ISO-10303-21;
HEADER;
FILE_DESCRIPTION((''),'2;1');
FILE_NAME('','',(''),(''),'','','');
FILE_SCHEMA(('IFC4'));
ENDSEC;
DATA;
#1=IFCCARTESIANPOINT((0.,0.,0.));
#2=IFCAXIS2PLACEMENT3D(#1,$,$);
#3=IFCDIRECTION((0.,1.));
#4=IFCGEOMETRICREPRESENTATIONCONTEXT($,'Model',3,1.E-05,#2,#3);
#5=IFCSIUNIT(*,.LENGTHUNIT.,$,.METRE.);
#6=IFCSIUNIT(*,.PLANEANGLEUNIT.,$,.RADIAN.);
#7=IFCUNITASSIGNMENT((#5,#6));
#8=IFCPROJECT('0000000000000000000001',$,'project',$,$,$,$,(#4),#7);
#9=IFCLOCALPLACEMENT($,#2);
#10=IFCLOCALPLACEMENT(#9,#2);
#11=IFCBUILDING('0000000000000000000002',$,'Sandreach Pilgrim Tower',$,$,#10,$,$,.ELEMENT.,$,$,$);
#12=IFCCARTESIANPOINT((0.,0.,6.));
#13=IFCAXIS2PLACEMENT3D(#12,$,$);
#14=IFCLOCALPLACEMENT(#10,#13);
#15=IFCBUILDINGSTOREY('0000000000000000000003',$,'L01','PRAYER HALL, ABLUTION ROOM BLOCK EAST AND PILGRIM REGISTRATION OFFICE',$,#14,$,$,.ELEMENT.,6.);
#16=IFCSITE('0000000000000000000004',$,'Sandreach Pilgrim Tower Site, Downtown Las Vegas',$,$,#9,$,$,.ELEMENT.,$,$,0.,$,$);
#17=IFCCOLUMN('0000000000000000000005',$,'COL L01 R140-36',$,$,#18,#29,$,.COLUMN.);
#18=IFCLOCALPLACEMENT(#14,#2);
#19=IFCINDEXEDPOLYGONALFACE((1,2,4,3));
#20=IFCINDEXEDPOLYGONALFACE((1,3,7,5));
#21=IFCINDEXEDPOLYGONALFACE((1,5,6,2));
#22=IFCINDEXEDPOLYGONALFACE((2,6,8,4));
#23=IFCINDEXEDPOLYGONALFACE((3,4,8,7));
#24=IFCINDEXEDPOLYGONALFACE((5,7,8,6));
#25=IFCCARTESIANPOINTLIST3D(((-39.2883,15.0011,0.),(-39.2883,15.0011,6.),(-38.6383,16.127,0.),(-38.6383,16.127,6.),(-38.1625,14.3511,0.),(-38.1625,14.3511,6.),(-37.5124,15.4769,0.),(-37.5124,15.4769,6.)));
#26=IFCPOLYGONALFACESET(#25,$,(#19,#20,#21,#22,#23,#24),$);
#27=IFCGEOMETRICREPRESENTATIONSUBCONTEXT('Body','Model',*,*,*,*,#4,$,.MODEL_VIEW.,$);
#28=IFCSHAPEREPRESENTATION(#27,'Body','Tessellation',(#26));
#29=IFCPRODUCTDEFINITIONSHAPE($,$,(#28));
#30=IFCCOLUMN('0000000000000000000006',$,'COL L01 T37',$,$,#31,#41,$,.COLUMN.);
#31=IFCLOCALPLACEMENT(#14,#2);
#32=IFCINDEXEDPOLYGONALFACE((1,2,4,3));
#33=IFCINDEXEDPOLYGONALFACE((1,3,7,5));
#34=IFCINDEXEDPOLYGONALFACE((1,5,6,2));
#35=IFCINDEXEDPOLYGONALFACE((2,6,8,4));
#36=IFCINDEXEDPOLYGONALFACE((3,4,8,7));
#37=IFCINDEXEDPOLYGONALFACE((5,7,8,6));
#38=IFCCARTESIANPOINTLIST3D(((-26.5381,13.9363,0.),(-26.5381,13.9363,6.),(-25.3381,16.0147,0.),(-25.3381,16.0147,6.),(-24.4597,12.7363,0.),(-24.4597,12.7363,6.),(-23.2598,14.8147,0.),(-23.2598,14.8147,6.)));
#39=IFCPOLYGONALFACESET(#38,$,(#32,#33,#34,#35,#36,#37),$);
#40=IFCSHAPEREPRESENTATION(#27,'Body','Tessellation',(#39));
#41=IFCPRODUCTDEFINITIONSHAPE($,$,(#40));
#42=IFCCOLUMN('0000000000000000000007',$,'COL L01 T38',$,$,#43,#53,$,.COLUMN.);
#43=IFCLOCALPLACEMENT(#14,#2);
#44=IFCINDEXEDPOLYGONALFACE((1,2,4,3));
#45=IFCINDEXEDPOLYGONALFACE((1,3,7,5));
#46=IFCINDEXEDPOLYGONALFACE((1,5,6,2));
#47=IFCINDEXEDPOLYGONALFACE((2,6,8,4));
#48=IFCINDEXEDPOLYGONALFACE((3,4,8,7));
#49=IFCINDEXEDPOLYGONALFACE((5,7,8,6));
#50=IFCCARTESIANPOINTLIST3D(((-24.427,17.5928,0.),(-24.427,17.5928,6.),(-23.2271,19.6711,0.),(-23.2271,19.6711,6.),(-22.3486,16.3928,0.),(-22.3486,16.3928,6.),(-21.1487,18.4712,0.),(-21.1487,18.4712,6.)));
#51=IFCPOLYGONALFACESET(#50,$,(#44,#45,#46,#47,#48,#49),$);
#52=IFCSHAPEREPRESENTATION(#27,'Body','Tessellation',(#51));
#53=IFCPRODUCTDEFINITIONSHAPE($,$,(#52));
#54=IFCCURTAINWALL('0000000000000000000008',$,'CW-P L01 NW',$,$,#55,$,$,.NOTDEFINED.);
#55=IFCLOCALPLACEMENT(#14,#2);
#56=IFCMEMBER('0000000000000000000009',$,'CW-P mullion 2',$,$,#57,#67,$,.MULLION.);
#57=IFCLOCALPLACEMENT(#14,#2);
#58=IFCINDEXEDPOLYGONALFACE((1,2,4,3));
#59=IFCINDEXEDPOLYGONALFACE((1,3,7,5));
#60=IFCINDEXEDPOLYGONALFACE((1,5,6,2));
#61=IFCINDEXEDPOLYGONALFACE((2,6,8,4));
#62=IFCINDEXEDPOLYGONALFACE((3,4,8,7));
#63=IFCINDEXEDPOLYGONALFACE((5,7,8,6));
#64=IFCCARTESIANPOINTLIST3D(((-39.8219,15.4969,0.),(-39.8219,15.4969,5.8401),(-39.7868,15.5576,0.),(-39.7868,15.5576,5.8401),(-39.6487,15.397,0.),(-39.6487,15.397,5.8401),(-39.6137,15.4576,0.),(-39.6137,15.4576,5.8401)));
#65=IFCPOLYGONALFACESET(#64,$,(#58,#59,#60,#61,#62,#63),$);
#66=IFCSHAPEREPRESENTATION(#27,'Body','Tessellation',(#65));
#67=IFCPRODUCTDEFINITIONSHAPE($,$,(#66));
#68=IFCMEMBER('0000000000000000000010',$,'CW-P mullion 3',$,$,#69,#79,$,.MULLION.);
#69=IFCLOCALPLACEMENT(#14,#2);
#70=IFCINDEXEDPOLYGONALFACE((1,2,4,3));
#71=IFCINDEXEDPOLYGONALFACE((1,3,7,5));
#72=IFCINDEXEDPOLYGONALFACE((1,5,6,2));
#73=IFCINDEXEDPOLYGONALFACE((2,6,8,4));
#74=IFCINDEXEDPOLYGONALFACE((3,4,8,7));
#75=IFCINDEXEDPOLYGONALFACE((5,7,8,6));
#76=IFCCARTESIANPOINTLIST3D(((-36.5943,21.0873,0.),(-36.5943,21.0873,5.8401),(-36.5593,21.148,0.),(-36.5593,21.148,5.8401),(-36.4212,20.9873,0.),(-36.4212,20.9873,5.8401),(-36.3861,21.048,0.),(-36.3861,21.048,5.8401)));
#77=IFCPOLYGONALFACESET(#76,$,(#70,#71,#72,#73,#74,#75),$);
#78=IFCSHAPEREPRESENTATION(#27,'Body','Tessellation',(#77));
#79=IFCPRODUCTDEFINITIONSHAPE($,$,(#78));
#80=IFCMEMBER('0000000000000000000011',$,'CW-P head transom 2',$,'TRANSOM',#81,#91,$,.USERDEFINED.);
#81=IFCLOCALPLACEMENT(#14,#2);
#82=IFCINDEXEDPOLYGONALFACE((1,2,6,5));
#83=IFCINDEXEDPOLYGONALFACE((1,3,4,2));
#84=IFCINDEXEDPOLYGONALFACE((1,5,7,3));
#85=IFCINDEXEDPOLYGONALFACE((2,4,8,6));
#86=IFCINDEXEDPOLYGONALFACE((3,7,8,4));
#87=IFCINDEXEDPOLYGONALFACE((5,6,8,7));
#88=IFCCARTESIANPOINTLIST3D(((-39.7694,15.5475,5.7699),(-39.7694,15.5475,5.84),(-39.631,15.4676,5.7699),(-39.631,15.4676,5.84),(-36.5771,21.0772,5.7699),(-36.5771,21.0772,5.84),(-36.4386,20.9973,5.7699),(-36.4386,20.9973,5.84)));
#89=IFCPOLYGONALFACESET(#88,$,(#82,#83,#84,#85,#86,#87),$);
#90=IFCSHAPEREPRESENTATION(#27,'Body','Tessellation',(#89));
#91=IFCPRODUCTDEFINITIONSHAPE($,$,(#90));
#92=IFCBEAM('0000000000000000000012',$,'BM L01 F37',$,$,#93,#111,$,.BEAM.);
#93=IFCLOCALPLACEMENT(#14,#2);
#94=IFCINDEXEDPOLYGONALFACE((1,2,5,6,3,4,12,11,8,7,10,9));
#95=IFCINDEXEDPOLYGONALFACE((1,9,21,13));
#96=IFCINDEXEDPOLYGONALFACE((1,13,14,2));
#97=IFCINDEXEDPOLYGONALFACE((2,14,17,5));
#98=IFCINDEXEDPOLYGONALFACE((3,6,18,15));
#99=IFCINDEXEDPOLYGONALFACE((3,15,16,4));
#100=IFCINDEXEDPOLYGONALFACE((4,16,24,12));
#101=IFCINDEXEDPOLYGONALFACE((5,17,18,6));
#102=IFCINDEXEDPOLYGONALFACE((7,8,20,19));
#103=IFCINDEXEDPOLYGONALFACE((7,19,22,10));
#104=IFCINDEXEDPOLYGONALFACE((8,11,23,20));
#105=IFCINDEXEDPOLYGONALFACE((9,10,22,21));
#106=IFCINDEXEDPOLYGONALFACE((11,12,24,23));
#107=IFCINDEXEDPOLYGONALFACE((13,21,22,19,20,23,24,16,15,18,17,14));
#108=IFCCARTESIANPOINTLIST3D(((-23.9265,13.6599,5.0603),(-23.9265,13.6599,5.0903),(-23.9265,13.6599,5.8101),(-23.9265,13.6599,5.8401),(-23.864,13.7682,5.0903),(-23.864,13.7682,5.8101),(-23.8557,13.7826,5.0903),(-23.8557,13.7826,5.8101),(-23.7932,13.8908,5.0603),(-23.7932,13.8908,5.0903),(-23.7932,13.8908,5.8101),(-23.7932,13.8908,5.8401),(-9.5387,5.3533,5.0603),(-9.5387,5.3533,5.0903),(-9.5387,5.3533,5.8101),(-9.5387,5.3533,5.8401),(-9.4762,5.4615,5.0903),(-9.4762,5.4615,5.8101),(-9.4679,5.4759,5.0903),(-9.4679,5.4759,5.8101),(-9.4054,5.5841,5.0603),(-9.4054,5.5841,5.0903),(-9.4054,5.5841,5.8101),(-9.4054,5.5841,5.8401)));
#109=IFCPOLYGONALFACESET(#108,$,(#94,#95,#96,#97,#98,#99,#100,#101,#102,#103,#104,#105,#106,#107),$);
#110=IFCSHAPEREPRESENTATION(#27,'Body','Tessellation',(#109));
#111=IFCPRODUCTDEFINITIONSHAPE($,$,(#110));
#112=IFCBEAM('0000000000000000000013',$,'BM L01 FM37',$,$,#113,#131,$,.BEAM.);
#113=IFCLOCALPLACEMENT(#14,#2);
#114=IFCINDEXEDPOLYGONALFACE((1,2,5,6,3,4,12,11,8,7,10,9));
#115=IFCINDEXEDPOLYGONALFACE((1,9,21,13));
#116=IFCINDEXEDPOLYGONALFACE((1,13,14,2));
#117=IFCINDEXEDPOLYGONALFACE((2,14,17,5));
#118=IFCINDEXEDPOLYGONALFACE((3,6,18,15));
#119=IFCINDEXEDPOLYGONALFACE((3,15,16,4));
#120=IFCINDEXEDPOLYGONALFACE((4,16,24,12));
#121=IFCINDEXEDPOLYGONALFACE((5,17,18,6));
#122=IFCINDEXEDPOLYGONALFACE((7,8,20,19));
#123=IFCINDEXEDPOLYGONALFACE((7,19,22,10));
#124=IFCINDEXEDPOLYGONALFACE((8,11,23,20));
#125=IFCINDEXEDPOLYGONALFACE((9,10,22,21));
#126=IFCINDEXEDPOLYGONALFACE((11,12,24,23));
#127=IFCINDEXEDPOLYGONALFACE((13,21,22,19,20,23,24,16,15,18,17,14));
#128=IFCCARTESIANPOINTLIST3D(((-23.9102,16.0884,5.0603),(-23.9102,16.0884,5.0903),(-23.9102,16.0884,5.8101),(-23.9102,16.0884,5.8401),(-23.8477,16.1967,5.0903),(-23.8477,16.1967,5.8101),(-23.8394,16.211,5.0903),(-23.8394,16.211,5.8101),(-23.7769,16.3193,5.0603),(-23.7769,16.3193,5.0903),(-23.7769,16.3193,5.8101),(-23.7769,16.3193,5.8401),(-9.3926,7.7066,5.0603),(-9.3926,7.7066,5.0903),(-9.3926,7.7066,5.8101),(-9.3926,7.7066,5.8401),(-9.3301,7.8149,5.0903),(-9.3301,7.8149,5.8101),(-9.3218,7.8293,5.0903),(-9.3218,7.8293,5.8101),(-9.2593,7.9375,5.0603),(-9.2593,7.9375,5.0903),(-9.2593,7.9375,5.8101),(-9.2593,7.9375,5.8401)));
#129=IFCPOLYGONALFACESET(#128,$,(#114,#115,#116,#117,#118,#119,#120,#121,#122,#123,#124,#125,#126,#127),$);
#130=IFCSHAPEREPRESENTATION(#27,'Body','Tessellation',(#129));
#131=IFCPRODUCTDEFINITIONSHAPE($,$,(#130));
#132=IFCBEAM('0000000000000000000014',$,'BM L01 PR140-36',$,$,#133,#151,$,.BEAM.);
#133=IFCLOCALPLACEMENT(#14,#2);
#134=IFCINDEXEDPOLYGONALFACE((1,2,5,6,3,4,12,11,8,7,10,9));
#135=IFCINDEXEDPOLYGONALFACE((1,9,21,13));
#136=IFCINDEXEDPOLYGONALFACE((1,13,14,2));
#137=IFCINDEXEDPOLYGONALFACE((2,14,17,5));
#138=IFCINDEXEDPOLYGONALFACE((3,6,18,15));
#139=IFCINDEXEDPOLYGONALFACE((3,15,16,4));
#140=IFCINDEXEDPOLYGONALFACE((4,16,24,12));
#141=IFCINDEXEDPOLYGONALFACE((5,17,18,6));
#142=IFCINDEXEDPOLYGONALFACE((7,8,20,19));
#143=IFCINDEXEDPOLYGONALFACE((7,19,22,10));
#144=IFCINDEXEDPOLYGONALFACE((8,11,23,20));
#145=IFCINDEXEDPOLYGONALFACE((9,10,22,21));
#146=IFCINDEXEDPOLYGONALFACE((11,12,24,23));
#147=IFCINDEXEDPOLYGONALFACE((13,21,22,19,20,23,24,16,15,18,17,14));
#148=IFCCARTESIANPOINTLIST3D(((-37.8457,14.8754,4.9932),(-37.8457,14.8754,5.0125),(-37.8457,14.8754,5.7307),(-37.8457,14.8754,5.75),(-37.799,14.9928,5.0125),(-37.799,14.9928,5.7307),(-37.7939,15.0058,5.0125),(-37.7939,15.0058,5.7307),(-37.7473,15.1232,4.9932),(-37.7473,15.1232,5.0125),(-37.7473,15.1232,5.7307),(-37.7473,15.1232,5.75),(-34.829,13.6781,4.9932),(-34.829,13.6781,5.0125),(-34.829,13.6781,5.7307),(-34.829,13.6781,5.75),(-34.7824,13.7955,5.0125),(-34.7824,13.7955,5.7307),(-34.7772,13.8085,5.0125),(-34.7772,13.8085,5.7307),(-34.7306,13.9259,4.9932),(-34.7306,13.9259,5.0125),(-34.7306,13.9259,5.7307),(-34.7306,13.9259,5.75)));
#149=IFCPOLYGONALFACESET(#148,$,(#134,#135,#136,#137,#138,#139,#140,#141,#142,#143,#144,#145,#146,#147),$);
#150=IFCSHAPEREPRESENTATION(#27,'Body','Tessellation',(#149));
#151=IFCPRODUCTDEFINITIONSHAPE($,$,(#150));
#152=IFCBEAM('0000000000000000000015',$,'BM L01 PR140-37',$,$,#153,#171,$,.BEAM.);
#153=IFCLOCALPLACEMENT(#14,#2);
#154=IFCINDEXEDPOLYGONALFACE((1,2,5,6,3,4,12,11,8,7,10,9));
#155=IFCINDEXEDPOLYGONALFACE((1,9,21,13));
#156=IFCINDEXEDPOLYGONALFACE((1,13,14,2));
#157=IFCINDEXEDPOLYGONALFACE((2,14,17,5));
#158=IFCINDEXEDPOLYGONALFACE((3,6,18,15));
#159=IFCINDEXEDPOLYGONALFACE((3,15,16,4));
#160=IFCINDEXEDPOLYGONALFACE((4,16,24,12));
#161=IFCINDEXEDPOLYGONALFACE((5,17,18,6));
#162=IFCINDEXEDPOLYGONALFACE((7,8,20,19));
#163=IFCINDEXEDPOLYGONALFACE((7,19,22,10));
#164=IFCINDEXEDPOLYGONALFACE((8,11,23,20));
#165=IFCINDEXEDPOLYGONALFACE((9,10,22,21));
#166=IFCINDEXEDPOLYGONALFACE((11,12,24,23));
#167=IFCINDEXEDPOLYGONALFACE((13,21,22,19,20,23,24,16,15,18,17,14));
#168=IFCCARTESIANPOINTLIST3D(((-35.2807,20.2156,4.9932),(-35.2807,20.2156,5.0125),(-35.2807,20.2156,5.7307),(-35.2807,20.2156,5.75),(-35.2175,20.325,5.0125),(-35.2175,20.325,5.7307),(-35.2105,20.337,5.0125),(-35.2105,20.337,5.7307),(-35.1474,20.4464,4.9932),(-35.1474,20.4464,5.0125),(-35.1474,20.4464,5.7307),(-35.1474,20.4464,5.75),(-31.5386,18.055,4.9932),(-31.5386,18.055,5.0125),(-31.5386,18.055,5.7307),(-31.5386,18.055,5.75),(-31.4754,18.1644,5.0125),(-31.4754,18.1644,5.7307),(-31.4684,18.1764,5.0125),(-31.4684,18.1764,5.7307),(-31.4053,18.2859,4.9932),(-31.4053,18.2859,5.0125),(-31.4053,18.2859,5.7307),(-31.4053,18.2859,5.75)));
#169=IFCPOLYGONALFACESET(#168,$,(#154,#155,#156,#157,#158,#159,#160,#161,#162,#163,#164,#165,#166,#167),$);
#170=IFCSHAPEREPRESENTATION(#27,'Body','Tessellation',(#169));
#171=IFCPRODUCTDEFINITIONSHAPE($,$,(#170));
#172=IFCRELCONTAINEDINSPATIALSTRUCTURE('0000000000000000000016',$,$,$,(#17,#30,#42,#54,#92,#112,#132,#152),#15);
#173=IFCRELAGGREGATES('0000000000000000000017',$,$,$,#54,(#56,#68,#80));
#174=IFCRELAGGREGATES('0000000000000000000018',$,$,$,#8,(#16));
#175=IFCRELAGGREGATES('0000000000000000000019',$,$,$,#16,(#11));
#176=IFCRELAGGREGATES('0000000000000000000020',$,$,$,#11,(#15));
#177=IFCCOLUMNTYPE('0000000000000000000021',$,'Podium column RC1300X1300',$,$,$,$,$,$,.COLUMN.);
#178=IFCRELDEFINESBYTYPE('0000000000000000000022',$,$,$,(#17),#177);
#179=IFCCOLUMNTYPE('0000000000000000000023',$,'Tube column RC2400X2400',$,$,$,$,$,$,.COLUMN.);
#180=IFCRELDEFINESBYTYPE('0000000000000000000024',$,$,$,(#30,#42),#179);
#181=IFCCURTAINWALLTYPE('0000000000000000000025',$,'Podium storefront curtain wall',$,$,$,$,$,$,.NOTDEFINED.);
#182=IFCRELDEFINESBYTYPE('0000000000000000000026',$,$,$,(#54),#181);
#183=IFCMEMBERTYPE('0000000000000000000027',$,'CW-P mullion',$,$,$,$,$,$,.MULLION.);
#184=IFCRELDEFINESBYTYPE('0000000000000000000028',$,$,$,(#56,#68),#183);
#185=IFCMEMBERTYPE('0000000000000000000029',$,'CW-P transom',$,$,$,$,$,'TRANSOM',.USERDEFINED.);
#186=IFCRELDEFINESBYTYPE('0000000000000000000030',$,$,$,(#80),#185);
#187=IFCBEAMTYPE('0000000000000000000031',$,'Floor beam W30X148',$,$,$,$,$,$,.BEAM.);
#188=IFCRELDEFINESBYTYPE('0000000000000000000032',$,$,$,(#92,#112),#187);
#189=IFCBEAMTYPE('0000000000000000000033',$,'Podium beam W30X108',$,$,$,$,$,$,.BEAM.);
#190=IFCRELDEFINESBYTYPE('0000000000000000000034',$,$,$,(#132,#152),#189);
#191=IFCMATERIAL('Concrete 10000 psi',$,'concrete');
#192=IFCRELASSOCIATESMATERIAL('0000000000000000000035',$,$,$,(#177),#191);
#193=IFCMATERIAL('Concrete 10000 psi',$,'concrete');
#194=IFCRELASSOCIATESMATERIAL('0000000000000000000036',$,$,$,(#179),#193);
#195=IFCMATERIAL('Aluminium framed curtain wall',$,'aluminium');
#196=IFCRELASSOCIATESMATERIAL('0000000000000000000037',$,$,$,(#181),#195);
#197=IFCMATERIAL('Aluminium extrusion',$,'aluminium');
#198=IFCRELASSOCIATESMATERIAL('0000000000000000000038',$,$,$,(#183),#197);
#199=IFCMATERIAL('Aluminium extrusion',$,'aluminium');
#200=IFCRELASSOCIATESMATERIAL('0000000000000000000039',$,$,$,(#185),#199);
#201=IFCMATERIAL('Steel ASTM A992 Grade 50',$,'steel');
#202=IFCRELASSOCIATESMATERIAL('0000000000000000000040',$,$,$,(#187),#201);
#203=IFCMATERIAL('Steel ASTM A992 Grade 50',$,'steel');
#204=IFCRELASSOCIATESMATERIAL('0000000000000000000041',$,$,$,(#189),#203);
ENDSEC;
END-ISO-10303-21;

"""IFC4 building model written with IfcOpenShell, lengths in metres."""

from ifc_helpers import new_model, si_unit, direction, frame, origin, origin_2d, place, context, subcontext, project, spatial, rectangle, i_section, extrude, material, material_profile, profile_set, type_object, element, aggregate, save


model = new_model("IFC4")

# Units and contexts
model_context = context("Model", 3, precision=1e-05, world=origin(), true_north=direction((0.0, 1.0)))
body_context = subcontext(model_context, "Body", "Model", "MODEL_VIEW")
ifc_project = project(units=[si_unit("LENGTHUNIT", "METRE"), si_unit("PLANEANGLEUNIT", "RADIAN")], contexts=[model_context])

# Site, building, storey
site_placement = place(None, origin())
site = spatial("IfcSite", under=ifc_project, at=site_placement, Name="Sandreach Pilgrim Tower Site, Downtown Las Vegas", CompositionType="ELEMENT", RefElevation=0.0)
building_placement = place(site_placement, origin())
building = spatial("IfcBuilding", under=site, at=building_placement, Name="Sandreach Pilgrim Tower", CompositionType="ELEMENT")
storey_placement = place(building_placement, frame((0.0, 0.0, 6.0)))
storey = spatial("IfcBuildingStorey", under=building, at=storey_placement, Name="L01", Description="PRAYER HALL, ABLUTION ROOM BLOCK EAST AND PILGRIM REGISTRATION OFFICE", CompositionType="ELEMENT", Elevation=6.0)

# Columns
ifc_material_1 = material(Name="Concrete 10000 psi", Category="concrete")
ifc_material_profile_1 = material_profile(ifc_material_1, rectangle(XDim=1.3, YDim=1.3, at=origin_2d()), Name="RC1300X1300")
ifc_profile_set_1 = profile_set([ifc_material_profile_1], Name="Concrete 10000 psi")
column_type_1 = type_object("IfcColumnType", Name="Podium column RC1300X1300", PredefinedType="COLUMN", material=ifc_profile_set_1)
column_placement = place(storey_placement, frame((-38.4004, 15.239, 0.0), z_axis=(0.0, 0.0, 1.0), x_axis=(-0.866025, 0.5, 0.0)))
element("IfcColumn", 1, at=column_placement, inside=storey, type_object=column_type_1, Name="COL L01 R140-36", PredefinedType="COLUMN", context=body_context, shape_type="SweptSolid", body=[
    extrude(rectangle(XDim=1.3, YDim=1.3, at=origin_2d()), origin(), (0.0, 0.0, 1.0), 6.0),
])
ifc_material_2 = material(Name="Concrete 10000 psi", Category="concrete")
ifc_material_profile_2 = material_profile(ifc_material_2, rectangle(XDim=2.3999, YDim=2.3999, at=origin_2d()), Name="RC2400X2400")
ifc_profile_set_2 = profile_set([ifc_material_profile_2], Name="Concrete 10000 psi")
column_type_2 = type_object("IfcColumnType", Name="Tube column RC2400X2400", PredefinedType="COLUMN", material=ifc_profile_set_2)
for number, where, z_axis, x_axis, name in (
    (2, (-24.8989, 14.3755, 0.0), (0.0, 0.0, 1.0), (-0.866025, 0.5, 0.0), "COL L01 T37"),
    (3, (-22.7878, 18.032, 0.0), (0.0, 0.0, 1.0), (-0.866025, 0.5, 0.0), "COL L01 T38"),
):
    element("IfcColumn", number, at=place(storey_placement, frame(where, z_axis=z_axis, x_axis=x_axis)), inside=storey, type_object=column_type_2, Name=name, PredefinedType="COLUMN", context=body_context, shape_type="SweptSolid", body=[
        extrude(rectangle(XDim=2.3999, YDim=2.3999, at=origin_2d()), origin(), (0.0, 0.0, 1.0), 6.0),
    ])

# Curtain wall, members
ifc_material_3 = material(Name="Aluminium framed curtain wall", Category="aluminium")
curtain_wall_type = type_object("IfcCurtainWallType", Name="Podium storefront curtain wall", PredefinedType="NOTDEFINED", material=ifc_material_3)
curtain_wall_placement = place(storey_placement, origin())
curtain_wall = element("IfcCurtainWall", 4, at=curtain_wall_placement, inside=storey, type_object=curtain_wall_type, Name="CW-P L01 NW", PredefinedType="NOTDEFINED")
ifc_material_4 = material(Name="Aluminium extrusion", Category="aluminium")
ifc_material_profile_3 = material_profile(ifc_material_4, rectangle(XDim=0.0701, YDim=0.2, at=origin_2d()), Name="CW-PM 70X200")
ifc_profile_set_3 = profile_set([ifc_material_profile_3], Name="Aluminium extrusion")
member_type_1 = type_object("IfcMemberType", Name="CW-P mullion", PredefinedType="MULLION", material=ifc_profile_set_3)
member_1_placement = place(storey_placement, frame((-39.7178, 15.4773, 0.0), z_axis=(0.0, 0.0, 1.0), x_axis=(0.5, 0.866025, 0.0)))
member_1 = element("IfcMember", 5, at=member_1_placement, type_object=member_type_1, Name="CW-P mullion 2", PredefinedType="MULLION", context=body_context, shape_type="SweptSolid", body=[
    extrude(rectangle(XDim=0.0701, YDim=0.2, at=origin_2d()), origin(), (0.0, 0.0, 1.0), 5.8401),
])
member_2_placement = place(storey_placement, frame((-36.4902, 21.0676, 0.0), z_axis=(0.0, 0.0, 1.0), x_axis=(0.5, 0.866025, 0.0)))
member_2 = element("IfcMember", 6, at=member_2_placement, type_object=member_type_1, Name="CW-P mullion 3", PredefinedType="MULLION", context=body_context, shape_type="SweptSolid", body=[
    extrude(rectangle(XDim=0.0701, YDim=0.2, at=origin_2d()), origin(), (0.0, 0.0, 1.0), 5.8401),
])
ifc_material_5 = material(Name="Aluminium extrusion", Category="aluminium")
ifc_material_profile_4 = material_profile(ifc_material_5, rectangle(XDim=0.1599, YDim=0.0701, at=origin_2d()), Name="CW-PT 160X70")
ifc_profile_set_4 = profile_set([ifc_material_profile_4], Name="Aluminium extrusion")
member_type_2 = type_object("IfcMemberType", Name="CW-P transom", ElementType="TRANSOM", PredefinedType="USERDEFINED", material=ifc_profile_set_4)
member_3_placement = place(storey_placement, frame((-39.7002, 15.5076, 5.8049), z_axis=(0.499972, 0.866042, 0.0), x_axis=(-0.866042, 0.499972, 0.0)))
member_3 = element("IfcMember", 7, at=member_3_placement, type_object=member_type_2, Name="CW-P head transom 2", ObjectType="TRANSOM", PredefinedType="USERDEFINED", context=body_context, shape_type="SweptSolid", body=[
    extrude(rectangle(XDim=0.1599, YDim=0.0701, at=origin_2d()), origin(), (0.0, 0.0, 1.0), 6.385),
])

# Beams
ifc_material_6 = material(Name="Steel ASTM A992 Grade 50", Category="steel")
ifc_material_profile_5 = material_profile(ifc_material_6, i_section(OverallWidth=0.2666, OverallDepth=0.7798, WebThickness=0.0166, FlangeThickness=0.03, at=origin_2d()), Name="W30X148")
ifc_profile_set_5 = profile_set([ifc_material_profile_5], Name="Steel ASTM A992 Grade 50")
beam_type_1 = type_object("IfcBeamType", Name="Floor beam W30X148", PredefinedType="BEAM", material=ifc_profile_set_5)
beam_1_placement = place(storey_placement, frame((-23.8599, 13.7754, 5.4502), z_axis=(0.866028, -0.499996, 0.0), x_axis=(0.499996, 0.866028, 0.0)))
element("IfcBeam", 8, at=beam_1_placement, inside=storey, type_object=beam_type_1, Name="BM L01 F37", PredefinedType="BEAM", context=body_context, shape_type="SweptSolid", body=[
    extrude(i_section(OverallWidth=0.2666, OverallDepth=0.7798, WebThickness=0.0166, FlangeThickness=0.03, at=origin_2d()), origin(), (0.0, 0.0, 1.0), 16.6135),
])
beam_2_placement = place(storey_placement, frame((-23.8435, 16.2039, 5.4502), z_axis=(0.866023, -0.500005, 0.0), x_axis=(0.500005, 0.866023, 0.0)))
element("IfcBeam", 9, at=beam_2_placement, inside=storey, type_object=beam_type_1, Name="BM L01 FM37", PredefinedType="BEAM", context=body_context, shape_type="SweptSolid", body=[
    extrude(i_section(OverallWidth=0.2666, OverallDepth=0.7798, WebThickness=0.0166, FlangeThickness=0.03, at=origin_2d()), origin(), (0.0, 0.0, 1.0), 16.7634),
])
ifc_material_7 = material(Name="Steel ASTM A992 Grade 50", Category="steel")
ifc_material_profile_6 = material_profile(ifc_material_7, i_section(OverallWidth=0.2666, OverallDepth=0.7568, WebThickness=0.0139, FlangeThickness=0.0193, at=origin_2d()), Name="W30X108")
ifc_profile_set_6 = profile_set([ifc_material_profile_6], Name="Steel ASTM A992 Grade 50")
beam_type_2 = type_object("IfcBeamType", Name="Podium beam W30X108", PredefinedType="BEAM", material=ifc_profile_set_6)
beam_3_placement = place(storey_placement, frame((-34.7798, 13.802, 5.3716), z_axis=(-0.929469, 0.368899, 0.0), x_axis=(-0.368899, -0.929469, 0.0)))
element("IfcBeam", 10, at=beam_3_placement, inside=storey, type_object=beam_type_2, Name="BM L01 PR140-36", PredefinedType="BEAM", context=body_context, shape_type="SweptSolid", body=[
    extrude(i_section(OverallWidth=0.2666, OverallDepth=0.7568, WebThickness=0.0139, FlangeThickness=0.0193, at=origin_2d()), origin(), (0.0, 0.0, 1.0), 3.2456),
])
beam_4_placement = place(storey_placement, frame((-31.4719, 18.1704, 5.3716), z_axis=(-0.866016, 0.500016, 0.0), x_axis=(-0.500016, -0.866016, 0.0)))
element("IfcBeam", 11, at=beam_4_placement, inside=storey, type_object=beam_type_2, Name="BM L01 PR140-37", PredefinedType="BEAM", context=body_context, shape_type="SweptSolid", body=[
    extrude(i_section(OverallWidth=0.2666, OverallDepth=0.7568, WebThickness=0.0139, FlangeThickness=0.0193, at=origin_2d()), origin(), (0.0, 0.0, 1.0), 4.321),
])

aggregate(curtain_wall, [member_1, member_2, member_3])

save(model, "model.ifc")
